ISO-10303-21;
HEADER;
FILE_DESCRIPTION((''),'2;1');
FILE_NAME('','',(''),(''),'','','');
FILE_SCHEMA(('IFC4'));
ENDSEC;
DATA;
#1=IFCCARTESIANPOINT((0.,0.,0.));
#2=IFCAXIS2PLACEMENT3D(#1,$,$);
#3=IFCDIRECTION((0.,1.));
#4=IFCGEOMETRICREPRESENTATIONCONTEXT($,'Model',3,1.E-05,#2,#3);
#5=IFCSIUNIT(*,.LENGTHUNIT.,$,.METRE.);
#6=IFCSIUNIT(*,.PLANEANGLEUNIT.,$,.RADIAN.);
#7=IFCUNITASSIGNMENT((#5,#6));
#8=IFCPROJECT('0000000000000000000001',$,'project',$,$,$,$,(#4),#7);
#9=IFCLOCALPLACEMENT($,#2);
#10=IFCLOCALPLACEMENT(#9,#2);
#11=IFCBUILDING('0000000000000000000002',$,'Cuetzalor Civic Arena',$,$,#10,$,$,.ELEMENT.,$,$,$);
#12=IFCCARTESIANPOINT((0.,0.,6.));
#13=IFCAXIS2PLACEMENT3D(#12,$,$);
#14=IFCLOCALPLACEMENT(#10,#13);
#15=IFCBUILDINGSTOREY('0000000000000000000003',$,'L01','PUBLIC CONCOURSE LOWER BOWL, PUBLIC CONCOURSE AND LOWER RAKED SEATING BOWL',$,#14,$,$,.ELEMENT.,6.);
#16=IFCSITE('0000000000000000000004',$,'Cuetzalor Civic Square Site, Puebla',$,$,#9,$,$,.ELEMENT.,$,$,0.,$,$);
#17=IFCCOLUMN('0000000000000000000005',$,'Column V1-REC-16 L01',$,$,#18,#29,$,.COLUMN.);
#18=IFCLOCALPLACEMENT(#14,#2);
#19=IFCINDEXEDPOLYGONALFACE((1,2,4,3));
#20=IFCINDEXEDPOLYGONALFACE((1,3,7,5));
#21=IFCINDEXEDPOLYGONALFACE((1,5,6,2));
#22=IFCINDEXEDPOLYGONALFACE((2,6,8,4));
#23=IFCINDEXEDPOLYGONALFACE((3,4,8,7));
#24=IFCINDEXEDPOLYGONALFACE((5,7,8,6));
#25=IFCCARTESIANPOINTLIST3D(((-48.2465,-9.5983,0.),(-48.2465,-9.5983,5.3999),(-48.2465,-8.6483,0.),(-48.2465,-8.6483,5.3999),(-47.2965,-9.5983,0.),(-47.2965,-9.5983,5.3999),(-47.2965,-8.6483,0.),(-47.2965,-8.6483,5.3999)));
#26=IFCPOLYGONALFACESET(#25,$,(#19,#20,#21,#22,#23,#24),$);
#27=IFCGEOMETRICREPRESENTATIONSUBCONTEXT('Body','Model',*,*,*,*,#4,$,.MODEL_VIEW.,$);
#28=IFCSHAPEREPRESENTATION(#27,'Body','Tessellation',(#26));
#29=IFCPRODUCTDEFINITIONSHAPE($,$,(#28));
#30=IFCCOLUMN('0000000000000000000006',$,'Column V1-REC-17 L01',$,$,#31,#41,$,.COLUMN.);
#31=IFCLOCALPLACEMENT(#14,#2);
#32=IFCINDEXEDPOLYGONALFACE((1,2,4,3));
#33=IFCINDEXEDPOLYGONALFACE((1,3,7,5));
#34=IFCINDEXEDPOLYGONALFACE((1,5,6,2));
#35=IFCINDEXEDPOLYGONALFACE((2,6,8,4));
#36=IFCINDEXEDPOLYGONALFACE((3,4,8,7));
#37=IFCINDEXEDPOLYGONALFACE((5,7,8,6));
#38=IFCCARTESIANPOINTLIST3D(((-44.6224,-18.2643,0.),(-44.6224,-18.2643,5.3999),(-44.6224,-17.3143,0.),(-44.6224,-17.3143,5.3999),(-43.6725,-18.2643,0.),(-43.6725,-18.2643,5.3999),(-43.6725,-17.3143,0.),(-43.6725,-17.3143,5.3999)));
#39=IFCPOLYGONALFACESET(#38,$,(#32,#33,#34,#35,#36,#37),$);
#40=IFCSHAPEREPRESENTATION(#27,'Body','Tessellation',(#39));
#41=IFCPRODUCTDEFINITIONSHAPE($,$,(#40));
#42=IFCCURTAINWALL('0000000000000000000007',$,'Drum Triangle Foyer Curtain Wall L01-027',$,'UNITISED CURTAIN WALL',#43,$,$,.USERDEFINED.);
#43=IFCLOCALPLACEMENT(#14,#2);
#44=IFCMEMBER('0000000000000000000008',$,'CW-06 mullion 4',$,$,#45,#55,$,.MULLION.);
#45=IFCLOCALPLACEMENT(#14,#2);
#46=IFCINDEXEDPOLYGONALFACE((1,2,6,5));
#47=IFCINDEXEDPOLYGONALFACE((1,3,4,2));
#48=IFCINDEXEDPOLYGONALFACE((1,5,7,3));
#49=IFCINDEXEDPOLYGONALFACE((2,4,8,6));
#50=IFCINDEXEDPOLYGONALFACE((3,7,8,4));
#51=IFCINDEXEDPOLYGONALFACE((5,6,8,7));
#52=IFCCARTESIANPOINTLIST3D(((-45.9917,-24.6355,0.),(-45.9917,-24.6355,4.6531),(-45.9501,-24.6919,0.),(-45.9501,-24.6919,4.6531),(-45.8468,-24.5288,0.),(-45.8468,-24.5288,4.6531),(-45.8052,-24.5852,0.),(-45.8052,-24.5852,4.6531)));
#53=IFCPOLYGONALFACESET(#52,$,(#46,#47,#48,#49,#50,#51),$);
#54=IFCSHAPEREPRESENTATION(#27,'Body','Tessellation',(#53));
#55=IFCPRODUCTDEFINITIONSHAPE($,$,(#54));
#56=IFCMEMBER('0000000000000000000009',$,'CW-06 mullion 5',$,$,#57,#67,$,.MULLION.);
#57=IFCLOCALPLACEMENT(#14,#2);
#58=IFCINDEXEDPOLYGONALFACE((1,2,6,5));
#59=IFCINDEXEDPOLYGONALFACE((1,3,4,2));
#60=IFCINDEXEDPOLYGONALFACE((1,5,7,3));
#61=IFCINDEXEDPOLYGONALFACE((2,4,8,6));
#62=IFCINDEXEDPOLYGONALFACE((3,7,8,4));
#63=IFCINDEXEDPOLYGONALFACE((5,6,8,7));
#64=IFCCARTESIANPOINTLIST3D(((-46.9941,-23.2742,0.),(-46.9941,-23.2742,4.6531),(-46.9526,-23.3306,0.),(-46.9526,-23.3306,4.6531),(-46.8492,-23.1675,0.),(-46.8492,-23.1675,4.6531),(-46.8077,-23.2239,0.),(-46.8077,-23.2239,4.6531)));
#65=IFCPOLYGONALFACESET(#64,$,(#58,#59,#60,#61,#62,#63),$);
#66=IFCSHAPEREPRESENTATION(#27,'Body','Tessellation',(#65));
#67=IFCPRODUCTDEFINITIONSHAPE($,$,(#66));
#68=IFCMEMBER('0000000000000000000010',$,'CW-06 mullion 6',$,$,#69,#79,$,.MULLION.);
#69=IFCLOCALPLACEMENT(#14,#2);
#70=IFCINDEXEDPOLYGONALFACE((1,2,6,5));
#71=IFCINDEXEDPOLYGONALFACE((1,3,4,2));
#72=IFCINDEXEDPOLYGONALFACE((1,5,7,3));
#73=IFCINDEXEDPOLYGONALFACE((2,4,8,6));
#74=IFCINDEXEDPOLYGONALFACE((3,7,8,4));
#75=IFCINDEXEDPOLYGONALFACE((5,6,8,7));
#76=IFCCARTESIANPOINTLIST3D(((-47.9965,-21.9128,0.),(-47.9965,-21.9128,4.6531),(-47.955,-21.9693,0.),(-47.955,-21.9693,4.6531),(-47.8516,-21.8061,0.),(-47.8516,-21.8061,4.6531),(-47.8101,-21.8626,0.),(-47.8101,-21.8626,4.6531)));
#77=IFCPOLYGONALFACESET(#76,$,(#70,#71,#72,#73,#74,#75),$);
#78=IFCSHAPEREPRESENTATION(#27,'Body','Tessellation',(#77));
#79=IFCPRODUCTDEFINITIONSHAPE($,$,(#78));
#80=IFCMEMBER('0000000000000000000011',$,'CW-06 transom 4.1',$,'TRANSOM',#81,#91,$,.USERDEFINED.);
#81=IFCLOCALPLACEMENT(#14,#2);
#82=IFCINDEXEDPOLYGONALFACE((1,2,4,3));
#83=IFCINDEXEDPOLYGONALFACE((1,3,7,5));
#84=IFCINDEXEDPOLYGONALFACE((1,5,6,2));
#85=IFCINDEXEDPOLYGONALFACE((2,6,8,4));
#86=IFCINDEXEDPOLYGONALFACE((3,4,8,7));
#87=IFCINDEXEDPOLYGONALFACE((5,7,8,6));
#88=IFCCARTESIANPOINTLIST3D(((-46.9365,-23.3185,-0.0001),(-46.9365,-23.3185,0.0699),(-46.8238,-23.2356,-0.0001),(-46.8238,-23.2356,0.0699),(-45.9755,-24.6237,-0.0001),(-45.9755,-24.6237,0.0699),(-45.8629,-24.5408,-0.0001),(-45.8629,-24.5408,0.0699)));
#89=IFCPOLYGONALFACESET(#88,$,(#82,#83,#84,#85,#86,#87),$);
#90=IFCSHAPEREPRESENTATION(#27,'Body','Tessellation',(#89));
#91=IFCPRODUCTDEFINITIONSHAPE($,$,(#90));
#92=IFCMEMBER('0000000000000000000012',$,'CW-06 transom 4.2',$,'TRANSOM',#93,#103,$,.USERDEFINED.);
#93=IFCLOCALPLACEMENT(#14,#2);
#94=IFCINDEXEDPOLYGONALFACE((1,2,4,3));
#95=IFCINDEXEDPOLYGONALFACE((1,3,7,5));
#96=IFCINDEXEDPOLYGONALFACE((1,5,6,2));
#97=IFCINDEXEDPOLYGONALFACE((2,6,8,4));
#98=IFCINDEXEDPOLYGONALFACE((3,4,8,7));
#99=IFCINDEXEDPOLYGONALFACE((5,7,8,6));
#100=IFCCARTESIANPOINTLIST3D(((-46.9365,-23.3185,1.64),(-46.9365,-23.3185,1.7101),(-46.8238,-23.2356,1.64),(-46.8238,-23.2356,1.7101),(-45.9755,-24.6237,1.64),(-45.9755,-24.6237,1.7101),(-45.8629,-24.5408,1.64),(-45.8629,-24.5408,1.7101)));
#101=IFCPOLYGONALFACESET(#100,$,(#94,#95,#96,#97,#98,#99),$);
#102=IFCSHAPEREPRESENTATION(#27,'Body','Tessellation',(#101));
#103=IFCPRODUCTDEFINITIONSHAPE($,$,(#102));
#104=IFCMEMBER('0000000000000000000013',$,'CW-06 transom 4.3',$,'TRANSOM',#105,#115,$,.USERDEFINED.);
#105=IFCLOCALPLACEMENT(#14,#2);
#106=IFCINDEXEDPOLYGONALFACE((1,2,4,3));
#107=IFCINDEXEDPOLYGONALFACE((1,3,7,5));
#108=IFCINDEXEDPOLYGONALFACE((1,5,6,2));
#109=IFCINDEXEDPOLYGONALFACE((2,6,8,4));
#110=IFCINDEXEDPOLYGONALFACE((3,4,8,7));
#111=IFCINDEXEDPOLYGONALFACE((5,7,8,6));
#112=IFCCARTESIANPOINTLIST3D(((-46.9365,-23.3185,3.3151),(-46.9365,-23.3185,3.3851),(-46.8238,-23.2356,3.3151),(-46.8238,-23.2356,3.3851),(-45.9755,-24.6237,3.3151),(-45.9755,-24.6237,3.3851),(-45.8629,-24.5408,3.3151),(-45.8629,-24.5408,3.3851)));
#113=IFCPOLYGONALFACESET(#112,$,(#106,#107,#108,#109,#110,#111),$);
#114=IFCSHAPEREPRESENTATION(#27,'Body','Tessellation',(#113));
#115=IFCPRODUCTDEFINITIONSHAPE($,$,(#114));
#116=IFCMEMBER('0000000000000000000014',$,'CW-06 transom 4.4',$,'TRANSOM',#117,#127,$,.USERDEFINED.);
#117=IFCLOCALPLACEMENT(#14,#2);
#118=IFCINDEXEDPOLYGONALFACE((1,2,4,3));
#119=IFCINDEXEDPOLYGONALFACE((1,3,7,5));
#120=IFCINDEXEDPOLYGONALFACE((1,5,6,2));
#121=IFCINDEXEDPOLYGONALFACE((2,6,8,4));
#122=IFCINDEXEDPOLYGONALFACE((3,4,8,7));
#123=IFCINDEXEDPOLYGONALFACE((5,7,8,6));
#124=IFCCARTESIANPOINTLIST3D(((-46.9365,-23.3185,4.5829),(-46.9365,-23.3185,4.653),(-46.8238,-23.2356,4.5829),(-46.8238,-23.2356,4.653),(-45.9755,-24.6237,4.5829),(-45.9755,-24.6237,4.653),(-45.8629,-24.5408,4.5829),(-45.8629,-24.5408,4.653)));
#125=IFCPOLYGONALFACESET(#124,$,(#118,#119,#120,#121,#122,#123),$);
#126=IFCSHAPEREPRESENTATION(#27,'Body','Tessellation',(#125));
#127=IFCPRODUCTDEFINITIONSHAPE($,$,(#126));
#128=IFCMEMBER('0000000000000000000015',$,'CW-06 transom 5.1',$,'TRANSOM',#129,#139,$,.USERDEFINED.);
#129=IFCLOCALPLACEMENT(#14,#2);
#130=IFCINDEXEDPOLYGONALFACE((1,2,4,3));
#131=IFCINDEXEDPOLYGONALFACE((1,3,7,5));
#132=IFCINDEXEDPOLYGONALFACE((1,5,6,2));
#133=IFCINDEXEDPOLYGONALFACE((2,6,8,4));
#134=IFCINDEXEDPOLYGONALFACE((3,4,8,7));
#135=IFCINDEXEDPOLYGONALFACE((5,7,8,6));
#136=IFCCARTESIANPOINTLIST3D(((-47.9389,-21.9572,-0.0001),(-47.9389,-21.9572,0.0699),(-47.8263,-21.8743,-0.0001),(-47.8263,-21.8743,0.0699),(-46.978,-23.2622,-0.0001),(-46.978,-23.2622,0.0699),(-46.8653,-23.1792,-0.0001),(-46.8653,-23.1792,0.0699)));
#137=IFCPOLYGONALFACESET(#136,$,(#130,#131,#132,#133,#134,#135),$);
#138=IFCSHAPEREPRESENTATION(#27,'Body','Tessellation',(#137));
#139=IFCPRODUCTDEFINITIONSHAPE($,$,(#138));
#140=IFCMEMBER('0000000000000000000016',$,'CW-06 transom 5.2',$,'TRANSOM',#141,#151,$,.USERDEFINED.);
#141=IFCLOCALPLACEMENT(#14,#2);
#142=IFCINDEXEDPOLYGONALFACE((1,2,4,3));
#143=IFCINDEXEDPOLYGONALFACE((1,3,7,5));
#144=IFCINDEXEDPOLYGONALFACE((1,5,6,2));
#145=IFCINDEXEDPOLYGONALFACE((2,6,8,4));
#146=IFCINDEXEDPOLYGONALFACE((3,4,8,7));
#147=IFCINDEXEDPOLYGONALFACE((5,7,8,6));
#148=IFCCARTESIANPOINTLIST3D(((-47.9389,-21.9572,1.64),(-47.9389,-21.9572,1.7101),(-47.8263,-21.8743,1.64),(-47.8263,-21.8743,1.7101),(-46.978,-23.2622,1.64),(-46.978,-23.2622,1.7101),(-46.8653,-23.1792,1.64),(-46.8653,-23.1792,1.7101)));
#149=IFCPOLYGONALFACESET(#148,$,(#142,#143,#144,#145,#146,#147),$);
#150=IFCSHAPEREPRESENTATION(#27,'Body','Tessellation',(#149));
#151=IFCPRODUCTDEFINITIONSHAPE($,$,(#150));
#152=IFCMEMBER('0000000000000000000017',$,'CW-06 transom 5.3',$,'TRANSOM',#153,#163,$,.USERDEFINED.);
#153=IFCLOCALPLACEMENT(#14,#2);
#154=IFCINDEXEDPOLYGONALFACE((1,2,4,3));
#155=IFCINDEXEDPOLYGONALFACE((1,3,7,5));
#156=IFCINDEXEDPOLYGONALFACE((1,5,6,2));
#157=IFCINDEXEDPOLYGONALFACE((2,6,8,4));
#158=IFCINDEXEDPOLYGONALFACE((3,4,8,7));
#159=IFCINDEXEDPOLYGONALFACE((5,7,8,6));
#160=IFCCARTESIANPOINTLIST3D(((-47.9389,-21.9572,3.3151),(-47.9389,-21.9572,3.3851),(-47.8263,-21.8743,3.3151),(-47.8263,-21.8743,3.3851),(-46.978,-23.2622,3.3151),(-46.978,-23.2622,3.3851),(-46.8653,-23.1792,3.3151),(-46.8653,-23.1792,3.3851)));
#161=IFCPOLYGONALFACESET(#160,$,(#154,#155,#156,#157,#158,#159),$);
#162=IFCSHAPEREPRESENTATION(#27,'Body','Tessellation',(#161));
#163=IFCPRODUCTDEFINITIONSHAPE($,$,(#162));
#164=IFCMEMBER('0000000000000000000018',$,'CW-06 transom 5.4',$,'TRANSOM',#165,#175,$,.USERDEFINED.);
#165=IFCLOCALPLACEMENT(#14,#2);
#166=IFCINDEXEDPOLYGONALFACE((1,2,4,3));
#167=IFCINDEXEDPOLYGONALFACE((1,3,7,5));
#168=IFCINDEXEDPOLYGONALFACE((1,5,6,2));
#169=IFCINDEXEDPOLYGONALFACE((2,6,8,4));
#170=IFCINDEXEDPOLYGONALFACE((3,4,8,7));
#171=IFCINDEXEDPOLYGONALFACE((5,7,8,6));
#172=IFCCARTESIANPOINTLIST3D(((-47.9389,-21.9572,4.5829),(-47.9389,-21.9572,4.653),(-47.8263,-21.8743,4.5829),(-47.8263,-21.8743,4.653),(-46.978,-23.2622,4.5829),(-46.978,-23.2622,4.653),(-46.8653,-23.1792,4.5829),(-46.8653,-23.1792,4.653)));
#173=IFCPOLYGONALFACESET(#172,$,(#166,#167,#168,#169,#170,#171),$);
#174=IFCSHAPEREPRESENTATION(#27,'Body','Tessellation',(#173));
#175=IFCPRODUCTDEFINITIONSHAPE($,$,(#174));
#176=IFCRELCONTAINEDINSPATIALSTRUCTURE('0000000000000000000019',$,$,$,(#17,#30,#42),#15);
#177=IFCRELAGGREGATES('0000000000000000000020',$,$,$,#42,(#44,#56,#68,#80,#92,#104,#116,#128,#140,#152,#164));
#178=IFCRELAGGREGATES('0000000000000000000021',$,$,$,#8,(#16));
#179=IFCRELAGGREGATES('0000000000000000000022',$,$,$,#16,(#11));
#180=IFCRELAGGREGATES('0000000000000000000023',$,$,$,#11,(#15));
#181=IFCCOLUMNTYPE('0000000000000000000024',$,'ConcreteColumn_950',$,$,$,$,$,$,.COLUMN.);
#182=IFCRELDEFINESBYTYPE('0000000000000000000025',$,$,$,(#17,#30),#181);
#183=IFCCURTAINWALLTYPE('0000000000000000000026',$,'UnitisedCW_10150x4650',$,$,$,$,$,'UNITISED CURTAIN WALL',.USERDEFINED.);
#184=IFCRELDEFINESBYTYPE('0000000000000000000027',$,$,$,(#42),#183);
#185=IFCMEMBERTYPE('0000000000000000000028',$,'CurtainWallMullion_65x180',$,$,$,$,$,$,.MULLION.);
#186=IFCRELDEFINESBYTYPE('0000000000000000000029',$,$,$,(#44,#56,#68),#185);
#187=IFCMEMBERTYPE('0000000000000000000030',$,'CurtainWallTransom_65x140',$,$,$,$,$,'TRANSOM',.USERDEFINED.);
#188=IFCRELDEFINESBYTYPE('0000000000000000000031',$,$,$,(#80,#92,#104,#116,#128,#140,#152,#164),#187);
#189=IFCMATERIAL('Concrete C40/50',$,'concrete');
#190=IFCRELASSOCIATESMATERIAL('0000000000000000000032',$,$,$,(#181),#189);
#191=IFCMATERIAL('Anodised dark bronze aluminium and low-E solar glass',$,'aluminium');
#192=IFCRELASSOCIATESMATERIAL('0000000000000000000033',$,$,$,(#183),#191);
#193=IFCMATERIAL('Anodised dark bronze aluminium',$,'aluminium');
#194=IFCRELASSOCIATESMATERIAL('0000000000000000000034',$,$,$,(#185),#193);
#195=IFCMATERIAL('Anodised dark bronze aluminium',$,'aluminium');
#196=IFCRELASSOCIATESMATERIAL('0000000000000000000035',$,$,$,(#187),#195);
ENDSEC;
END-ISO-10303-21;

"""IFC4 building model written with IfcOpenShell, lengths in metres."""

from ifc_helpers import new_model, si_unit, direction, frame, origin, origin_2d, place, context, subcontext, project, spatial, rectangle, extrude, material, material_profile, profile_set, type_object, element, aggregate, save


model = new_model("IFC4")

# Units and contexts
model_context = context("Model", 3, precision=1e-05, world=origin(), true_north=direction((0.0, 1.0)))
body_context = subcontext(model_context, "Body", "Model", "MODEL_VIEW")
ifc_project = project(units=[si_unit("LENGTHUNIT", "METRE"), si_unit("PLANEANGLEUNIT", "RADIAN")], contexts=[model_context])

# Site, building, storey
site_placement = place(None, origin())
site = spatial("IfcSite", under=ifc_project, at=site_placement, Name="Cuetzalor Civic Square Site, Puebla", CompositionType="ELEMENT", RefElevation=0.0)
building_placement = place(site_placement, origin())
building = spatial("IfcBuilding", under=site, at=building_placement, Name="Cuetzalor Civic Arena", CompositionType="ELEMENT")
storey_placement = place(building_placement, frame((0.0, 0.0, 6.0)))
storey = spatial("IfcBuildingStorey", under=building, at=storey_placement, Name="L01", Description="PUBLIC CONCOURSE LOWER BOWL, PUBLIC CONCOURSE AND LOWER RAKED SEATING BOWL", CompositionType="ELEMENT", Elevation=6.0)

# Columns
ifc_material_1 = material(Name="Concrete C40/50", Category="concrete")
ifc_material_profile_1 = material_profile(ifc_material_1, rectangle(XDim=0.95, YDim=0.95, at=origin_2d()), Name="RC 950x950")
ifc_profile_set_1 = profile_set([ifc_material_profile_1], Name="Concrete C40/50")
column_type = type_object("IfcColumnType", Name="ConcreteColumn_950", PredefinedType="COLUMN", material=ifc_profile_set_1)
for number, where, z_axis, x_axis, name in (
    (1, (-47.7715, -9.1233, 0.0), (0.0, 0.0, 1.0), (1.0, 0.0, 0.0), "Column V1-REC-16 L01"),
    (2, (-44.1475, -17.7893, 0.0), (0.0, 0.0, 1.0), (1.0, 0.0, 0.0), "Column V1-REC-17 L01"),
):
    element("IfcColumn", number, at=place(storey_placement, frame(where, z_axis=z_axis, x_axis=x_axis)), inside=storey, type_object=column_type, Name=name, PredefinedType="COLUMN", context=body_context, shape_type="SweptSolid", body=[
        extrude(rectangle(XDim=0.95, YDim=0.95, at=origin_2d()), origin(), (0.0, 0.0, 1.0), 5.3999),
    ])

# Curtain wall, members
ifc_material_2 = material(Name="Anodised dark bronze aluminium and low-E solar glass", Category="aluminium")
curtain_wall_type = type_object("IfcCurtainWallType", Name="UnitisedCW_10150x4650", ElementType="UNITISED CURTAIN WALL", PredefinedType="USERDEFINED", material=ifc_material_2)
curtain_wall_placement = place(storey_placement, origin())
curtain_wall = element("IfcCurtainWall", 3, at=curtain_wall_placement, inside=storey, type_object=curtain_wall_type, Name="Drum Triangle Foyer Curtain Wall L01-027", ObjectType="UNITISED CURTAIN WALL", PredefinedType="USERDEFINED")
ifc_material_3 = material(Name="Anodised dark bronze aluminium", Category="aluminium")
ifc_material_profile_2 = material_profile(ifc_material_3, rectangle(XDim=0.0701, YDim=0.1799, at=origin_2d()), Name="ALU MULLION 70x180")
ifc_profile_set_2 = profile_set([ifc_material_profile_2], Name="Anodised dark bronze aluminium")
member_type_1 = type_object("IfcMemberType", Name="CurtainWallMullion_65x180", PredefinedType="MULLION", material=ifc_profile_set_2)
member_1_placement = place(storey_placement, frame((-45.8984, -24.6104, 0.0), z_axis=(0.0, 0.0, 1.0), x_axis=(-0.592929, 0.805255, 0.0)))
member_1 = element("IfcMember", 4, at=member_1_placement, type_object=member_type_1, Name="CW-06 mullion 4", PredefinedType="MULLION", context=body_context, shape_type="SweptSolid", body=[
    extrude(rectangle(XDim=0.0701, YDim=0.1799, at=origin_2d()), origin(), (0.0, 0.0, 1.0), 4.6531),
])
member_2_placement = place(storey_placement, frame((-46.9009, -23.249, 0.0), z_axis=(0.0, 0.0, 1.0), x_axis=(-0.592929, 0.805255, 0.0)))
member_2 = element("IfcMember", 5, at=member_2_placement, type_object=member_type_1, Name="CW-06 mullion 5", PredefinedType="MULLION", context=body_context, shape_type="SweptSolid", body=[
    extrude(rectangle(XDim=0.0701, YDim=0.1799, at=origin_2d()), origin(), (0.0, 0.0, 1.0), 4.6531),
])
member_3_placement = place(storey_placement, frame((-47.9033, -21.8877, 0.0), z_axis=(0.0, 0.0, 1.0), x_axis=(-0.592929, 0.805255, 0.0)))
member_3 = element("IfcMember", 6, at=member_3_placement, type_object=member_type_1, Name="CW-06 mullion 6", PredefinedType="MULLION", context=body_context, shape_type="SweptSolid", body=[
    extrude(rectangle(XDim=0.0701, YDim=0.1799, at=origin_2d()), origin(), (0.0, 0.0, 1.0), 4.6531),
])
ifc_material_4 = material(Name="Anodised dark bronze aluminium", Category="aluminium")
ifc_material_profile_3 = material_profile(ifc_material_4, rectangle(XDim=0.1399, YDim=0.0701, at=origin_2d()), Name="ALU TRANSOM 70x140")
ifc_profile_set_3 = profile_set([ifc_material_profile_3], Name="Anodised dark bronze aluminium")
member_type_2 = type_object("IfcMemberType", Name="CurtainWallTransom_65x140", ElementType="TRANSOM", PredefinedType="USERDEFINED", material=ifc_profile_set_3)
member_4_placement = place(storey_placement, frame((-45.9192, -24.5823, 0.0349), z_axis=(-0.592891, 0.805283, 0.0), x_axis=(-0.805283, -0.592891, 0.0)))
member_4 = element("IfcMember", 7, at=member_4_placement, type_object=member_type_2, Name="CW-06 transom 4.1", ObjectType="TRANSOM", PredefinedType="USERDEFINED", context=body_context, shape_type="SweptSolid", body=[
    extrude(rectangle(XDim=0.1399, YDim=0.0701, at=origin_2d()), origin(), (0.0, 0.0, 1.0), 1.6208),
])
member_5_placement = place(storey_placement, frame((-45.9192, -24.5823, 1.675), z_axis=(-0.592891, 0.805283, 0.0), x_axis=(-0.805283, -0.592891, 0.0)))
member_5 = element("IfcMember", 8, at=member_5_placement, type_object=member_type_2, Name="CW-06 transom 4.2", ObjectType="TRANSOM", PredefinedType="USERDEFINED", context=body_context, shape_type="SweptSolid", body=[
    extrude(rectangle(XDim=0.1399, YDim=0.0701, at=origin_2d()), origin(), (0.0, 0.0, 1.0), 1.6208),
])
member_6_placement = place(storey_placement, frame((-45.9192, -24.5823, 3.3501), z_axis=(-0.592891, 0.805283, 0.0), x_axis=(-0.805283, -0.592891, 0.0)))
member_6 = element("IfcMember", 9, at=member_6_placement, type_object=member_type_2, Name="CW-06 transom 4.3", ObjectType="TRANSOM", PredefinedType="USERDEFINED", context=body_context, shape_type="SweptSolid", body=[
    extrude(rectangle(XDim=0.1399, YDim=0.0701, at=origin_2d()), origin(), (0.0, 0.0, 1.0), 1.6208),
])
member_7_placement = place(storey_placement, frame((-45.9192, -24.5823, 4.6179), z_axis=(-0.592891, 0.805283, 0.0), x_axis=(-0.805283, -0.592891, 0.0)))
member_7 = element("IfcMember", 10, at=member_7_placement, type_object=member_type_2, Name="CW-06 transom 4.4", ObjectType="TRANSOM", PredefinedType="USERDEFINED", context=body_context, shape_type="SweptSolid", body=[
    extrude(rectangle(XDim=0.1399, YDim=0.0701, at=origin_2d()), origin(), (0.0, 0.0, 1.0), 1.6208),
])
member_8_placement = place(storey_placement, frame((-46.9216, -23.2207, 0.0349), z_axis=(-0.592963, 0.80523, 0.0), x_axis=(-0.80523, -0.592963, 0.0)))
member_8 = element("IfcMember", 11, at=member_8_placement, type_object=member_type_2, Name="CW-06 transom 5.1", ObjectType="TRANSOM", PredefinedType="USERDEFINED", context=body_context, shape_type="SweptSolid", body=[
    extrude(rectangle(XDim=0.1399, YDim=0.0701, at=origin_2d()), origin(), (0.0, 0.0, 1.0), 1.6206),
])
member_9_placement = place(storey_placement, frame((-46.9216, -23.2207, 1.675), z_axis=(-0.592963, 0.80523, 0.0), x_axis=(-0.80523, -0.592963, 0.0)))
member_9 = element("IfcMember", 12, at=member_9_placement, type_object=member_type_2, Name="CW-06 transom 5.2", ObjectType="TRANSOM", PredefinedType="USERDEFINED", context=body_context, shape_type="SweptSolid", body=[
    extrude(rectangle(XDim=0.1399, YDim=0.0701, at=origin_2d()), origin(), (0.0, 0.0, 1.0), 1.6206),
])
member_10_placement = place(storey_placement, frame((-46.9216, -23.2207, 3.3501), z_axis=(-0.592963, 0.80523, 0.0), x_axis=(-0.80523, -0.592963, 0.0)))
member_10 = element("IfcMember", 13, at=member_10_placement, type_object=member_type_2, Name="CW-06 transom 5.3", ObjectType="TRANSOM", PredefinedType="USERDEFINED", context=body_context, shape_type="SweptSolid", body=[
    extrude(rectangle(XDim=0.1399, YDim=0.0701, at=origin_2d()), origin(), (0.0, 0.0, 1.0), 1.6206),
])
member_11_placement = place(storey_placement, frame((-46.9216, -23.2207, 4.6179), z_axis=(-0.592963, 0.80523, 0.0), x_axis=(-0.80523, -0.592963, 0.0)))
member_11 = element("IfcMember", 14, at=member_11_placement, type_object=member_type_2, Name="CW-06 transom 5.4", ObjectType="TRANSOM", PredefinedType="USERDEFINED", context=body_context, shape_type="SweptSolid", body=[
    extrude(rectangle(XDim=0.1399, YDim=0.0701, at=origin_2d()), origin(), (0.0, 0.0, 1.0), 1.6206),
])

aggregate(curtain_wall, [member_1, member_2, member_3, member_4, member_5, member_6, member_7, member_8, member_9, member_10, member_11])

save(model, "model.ifc")
